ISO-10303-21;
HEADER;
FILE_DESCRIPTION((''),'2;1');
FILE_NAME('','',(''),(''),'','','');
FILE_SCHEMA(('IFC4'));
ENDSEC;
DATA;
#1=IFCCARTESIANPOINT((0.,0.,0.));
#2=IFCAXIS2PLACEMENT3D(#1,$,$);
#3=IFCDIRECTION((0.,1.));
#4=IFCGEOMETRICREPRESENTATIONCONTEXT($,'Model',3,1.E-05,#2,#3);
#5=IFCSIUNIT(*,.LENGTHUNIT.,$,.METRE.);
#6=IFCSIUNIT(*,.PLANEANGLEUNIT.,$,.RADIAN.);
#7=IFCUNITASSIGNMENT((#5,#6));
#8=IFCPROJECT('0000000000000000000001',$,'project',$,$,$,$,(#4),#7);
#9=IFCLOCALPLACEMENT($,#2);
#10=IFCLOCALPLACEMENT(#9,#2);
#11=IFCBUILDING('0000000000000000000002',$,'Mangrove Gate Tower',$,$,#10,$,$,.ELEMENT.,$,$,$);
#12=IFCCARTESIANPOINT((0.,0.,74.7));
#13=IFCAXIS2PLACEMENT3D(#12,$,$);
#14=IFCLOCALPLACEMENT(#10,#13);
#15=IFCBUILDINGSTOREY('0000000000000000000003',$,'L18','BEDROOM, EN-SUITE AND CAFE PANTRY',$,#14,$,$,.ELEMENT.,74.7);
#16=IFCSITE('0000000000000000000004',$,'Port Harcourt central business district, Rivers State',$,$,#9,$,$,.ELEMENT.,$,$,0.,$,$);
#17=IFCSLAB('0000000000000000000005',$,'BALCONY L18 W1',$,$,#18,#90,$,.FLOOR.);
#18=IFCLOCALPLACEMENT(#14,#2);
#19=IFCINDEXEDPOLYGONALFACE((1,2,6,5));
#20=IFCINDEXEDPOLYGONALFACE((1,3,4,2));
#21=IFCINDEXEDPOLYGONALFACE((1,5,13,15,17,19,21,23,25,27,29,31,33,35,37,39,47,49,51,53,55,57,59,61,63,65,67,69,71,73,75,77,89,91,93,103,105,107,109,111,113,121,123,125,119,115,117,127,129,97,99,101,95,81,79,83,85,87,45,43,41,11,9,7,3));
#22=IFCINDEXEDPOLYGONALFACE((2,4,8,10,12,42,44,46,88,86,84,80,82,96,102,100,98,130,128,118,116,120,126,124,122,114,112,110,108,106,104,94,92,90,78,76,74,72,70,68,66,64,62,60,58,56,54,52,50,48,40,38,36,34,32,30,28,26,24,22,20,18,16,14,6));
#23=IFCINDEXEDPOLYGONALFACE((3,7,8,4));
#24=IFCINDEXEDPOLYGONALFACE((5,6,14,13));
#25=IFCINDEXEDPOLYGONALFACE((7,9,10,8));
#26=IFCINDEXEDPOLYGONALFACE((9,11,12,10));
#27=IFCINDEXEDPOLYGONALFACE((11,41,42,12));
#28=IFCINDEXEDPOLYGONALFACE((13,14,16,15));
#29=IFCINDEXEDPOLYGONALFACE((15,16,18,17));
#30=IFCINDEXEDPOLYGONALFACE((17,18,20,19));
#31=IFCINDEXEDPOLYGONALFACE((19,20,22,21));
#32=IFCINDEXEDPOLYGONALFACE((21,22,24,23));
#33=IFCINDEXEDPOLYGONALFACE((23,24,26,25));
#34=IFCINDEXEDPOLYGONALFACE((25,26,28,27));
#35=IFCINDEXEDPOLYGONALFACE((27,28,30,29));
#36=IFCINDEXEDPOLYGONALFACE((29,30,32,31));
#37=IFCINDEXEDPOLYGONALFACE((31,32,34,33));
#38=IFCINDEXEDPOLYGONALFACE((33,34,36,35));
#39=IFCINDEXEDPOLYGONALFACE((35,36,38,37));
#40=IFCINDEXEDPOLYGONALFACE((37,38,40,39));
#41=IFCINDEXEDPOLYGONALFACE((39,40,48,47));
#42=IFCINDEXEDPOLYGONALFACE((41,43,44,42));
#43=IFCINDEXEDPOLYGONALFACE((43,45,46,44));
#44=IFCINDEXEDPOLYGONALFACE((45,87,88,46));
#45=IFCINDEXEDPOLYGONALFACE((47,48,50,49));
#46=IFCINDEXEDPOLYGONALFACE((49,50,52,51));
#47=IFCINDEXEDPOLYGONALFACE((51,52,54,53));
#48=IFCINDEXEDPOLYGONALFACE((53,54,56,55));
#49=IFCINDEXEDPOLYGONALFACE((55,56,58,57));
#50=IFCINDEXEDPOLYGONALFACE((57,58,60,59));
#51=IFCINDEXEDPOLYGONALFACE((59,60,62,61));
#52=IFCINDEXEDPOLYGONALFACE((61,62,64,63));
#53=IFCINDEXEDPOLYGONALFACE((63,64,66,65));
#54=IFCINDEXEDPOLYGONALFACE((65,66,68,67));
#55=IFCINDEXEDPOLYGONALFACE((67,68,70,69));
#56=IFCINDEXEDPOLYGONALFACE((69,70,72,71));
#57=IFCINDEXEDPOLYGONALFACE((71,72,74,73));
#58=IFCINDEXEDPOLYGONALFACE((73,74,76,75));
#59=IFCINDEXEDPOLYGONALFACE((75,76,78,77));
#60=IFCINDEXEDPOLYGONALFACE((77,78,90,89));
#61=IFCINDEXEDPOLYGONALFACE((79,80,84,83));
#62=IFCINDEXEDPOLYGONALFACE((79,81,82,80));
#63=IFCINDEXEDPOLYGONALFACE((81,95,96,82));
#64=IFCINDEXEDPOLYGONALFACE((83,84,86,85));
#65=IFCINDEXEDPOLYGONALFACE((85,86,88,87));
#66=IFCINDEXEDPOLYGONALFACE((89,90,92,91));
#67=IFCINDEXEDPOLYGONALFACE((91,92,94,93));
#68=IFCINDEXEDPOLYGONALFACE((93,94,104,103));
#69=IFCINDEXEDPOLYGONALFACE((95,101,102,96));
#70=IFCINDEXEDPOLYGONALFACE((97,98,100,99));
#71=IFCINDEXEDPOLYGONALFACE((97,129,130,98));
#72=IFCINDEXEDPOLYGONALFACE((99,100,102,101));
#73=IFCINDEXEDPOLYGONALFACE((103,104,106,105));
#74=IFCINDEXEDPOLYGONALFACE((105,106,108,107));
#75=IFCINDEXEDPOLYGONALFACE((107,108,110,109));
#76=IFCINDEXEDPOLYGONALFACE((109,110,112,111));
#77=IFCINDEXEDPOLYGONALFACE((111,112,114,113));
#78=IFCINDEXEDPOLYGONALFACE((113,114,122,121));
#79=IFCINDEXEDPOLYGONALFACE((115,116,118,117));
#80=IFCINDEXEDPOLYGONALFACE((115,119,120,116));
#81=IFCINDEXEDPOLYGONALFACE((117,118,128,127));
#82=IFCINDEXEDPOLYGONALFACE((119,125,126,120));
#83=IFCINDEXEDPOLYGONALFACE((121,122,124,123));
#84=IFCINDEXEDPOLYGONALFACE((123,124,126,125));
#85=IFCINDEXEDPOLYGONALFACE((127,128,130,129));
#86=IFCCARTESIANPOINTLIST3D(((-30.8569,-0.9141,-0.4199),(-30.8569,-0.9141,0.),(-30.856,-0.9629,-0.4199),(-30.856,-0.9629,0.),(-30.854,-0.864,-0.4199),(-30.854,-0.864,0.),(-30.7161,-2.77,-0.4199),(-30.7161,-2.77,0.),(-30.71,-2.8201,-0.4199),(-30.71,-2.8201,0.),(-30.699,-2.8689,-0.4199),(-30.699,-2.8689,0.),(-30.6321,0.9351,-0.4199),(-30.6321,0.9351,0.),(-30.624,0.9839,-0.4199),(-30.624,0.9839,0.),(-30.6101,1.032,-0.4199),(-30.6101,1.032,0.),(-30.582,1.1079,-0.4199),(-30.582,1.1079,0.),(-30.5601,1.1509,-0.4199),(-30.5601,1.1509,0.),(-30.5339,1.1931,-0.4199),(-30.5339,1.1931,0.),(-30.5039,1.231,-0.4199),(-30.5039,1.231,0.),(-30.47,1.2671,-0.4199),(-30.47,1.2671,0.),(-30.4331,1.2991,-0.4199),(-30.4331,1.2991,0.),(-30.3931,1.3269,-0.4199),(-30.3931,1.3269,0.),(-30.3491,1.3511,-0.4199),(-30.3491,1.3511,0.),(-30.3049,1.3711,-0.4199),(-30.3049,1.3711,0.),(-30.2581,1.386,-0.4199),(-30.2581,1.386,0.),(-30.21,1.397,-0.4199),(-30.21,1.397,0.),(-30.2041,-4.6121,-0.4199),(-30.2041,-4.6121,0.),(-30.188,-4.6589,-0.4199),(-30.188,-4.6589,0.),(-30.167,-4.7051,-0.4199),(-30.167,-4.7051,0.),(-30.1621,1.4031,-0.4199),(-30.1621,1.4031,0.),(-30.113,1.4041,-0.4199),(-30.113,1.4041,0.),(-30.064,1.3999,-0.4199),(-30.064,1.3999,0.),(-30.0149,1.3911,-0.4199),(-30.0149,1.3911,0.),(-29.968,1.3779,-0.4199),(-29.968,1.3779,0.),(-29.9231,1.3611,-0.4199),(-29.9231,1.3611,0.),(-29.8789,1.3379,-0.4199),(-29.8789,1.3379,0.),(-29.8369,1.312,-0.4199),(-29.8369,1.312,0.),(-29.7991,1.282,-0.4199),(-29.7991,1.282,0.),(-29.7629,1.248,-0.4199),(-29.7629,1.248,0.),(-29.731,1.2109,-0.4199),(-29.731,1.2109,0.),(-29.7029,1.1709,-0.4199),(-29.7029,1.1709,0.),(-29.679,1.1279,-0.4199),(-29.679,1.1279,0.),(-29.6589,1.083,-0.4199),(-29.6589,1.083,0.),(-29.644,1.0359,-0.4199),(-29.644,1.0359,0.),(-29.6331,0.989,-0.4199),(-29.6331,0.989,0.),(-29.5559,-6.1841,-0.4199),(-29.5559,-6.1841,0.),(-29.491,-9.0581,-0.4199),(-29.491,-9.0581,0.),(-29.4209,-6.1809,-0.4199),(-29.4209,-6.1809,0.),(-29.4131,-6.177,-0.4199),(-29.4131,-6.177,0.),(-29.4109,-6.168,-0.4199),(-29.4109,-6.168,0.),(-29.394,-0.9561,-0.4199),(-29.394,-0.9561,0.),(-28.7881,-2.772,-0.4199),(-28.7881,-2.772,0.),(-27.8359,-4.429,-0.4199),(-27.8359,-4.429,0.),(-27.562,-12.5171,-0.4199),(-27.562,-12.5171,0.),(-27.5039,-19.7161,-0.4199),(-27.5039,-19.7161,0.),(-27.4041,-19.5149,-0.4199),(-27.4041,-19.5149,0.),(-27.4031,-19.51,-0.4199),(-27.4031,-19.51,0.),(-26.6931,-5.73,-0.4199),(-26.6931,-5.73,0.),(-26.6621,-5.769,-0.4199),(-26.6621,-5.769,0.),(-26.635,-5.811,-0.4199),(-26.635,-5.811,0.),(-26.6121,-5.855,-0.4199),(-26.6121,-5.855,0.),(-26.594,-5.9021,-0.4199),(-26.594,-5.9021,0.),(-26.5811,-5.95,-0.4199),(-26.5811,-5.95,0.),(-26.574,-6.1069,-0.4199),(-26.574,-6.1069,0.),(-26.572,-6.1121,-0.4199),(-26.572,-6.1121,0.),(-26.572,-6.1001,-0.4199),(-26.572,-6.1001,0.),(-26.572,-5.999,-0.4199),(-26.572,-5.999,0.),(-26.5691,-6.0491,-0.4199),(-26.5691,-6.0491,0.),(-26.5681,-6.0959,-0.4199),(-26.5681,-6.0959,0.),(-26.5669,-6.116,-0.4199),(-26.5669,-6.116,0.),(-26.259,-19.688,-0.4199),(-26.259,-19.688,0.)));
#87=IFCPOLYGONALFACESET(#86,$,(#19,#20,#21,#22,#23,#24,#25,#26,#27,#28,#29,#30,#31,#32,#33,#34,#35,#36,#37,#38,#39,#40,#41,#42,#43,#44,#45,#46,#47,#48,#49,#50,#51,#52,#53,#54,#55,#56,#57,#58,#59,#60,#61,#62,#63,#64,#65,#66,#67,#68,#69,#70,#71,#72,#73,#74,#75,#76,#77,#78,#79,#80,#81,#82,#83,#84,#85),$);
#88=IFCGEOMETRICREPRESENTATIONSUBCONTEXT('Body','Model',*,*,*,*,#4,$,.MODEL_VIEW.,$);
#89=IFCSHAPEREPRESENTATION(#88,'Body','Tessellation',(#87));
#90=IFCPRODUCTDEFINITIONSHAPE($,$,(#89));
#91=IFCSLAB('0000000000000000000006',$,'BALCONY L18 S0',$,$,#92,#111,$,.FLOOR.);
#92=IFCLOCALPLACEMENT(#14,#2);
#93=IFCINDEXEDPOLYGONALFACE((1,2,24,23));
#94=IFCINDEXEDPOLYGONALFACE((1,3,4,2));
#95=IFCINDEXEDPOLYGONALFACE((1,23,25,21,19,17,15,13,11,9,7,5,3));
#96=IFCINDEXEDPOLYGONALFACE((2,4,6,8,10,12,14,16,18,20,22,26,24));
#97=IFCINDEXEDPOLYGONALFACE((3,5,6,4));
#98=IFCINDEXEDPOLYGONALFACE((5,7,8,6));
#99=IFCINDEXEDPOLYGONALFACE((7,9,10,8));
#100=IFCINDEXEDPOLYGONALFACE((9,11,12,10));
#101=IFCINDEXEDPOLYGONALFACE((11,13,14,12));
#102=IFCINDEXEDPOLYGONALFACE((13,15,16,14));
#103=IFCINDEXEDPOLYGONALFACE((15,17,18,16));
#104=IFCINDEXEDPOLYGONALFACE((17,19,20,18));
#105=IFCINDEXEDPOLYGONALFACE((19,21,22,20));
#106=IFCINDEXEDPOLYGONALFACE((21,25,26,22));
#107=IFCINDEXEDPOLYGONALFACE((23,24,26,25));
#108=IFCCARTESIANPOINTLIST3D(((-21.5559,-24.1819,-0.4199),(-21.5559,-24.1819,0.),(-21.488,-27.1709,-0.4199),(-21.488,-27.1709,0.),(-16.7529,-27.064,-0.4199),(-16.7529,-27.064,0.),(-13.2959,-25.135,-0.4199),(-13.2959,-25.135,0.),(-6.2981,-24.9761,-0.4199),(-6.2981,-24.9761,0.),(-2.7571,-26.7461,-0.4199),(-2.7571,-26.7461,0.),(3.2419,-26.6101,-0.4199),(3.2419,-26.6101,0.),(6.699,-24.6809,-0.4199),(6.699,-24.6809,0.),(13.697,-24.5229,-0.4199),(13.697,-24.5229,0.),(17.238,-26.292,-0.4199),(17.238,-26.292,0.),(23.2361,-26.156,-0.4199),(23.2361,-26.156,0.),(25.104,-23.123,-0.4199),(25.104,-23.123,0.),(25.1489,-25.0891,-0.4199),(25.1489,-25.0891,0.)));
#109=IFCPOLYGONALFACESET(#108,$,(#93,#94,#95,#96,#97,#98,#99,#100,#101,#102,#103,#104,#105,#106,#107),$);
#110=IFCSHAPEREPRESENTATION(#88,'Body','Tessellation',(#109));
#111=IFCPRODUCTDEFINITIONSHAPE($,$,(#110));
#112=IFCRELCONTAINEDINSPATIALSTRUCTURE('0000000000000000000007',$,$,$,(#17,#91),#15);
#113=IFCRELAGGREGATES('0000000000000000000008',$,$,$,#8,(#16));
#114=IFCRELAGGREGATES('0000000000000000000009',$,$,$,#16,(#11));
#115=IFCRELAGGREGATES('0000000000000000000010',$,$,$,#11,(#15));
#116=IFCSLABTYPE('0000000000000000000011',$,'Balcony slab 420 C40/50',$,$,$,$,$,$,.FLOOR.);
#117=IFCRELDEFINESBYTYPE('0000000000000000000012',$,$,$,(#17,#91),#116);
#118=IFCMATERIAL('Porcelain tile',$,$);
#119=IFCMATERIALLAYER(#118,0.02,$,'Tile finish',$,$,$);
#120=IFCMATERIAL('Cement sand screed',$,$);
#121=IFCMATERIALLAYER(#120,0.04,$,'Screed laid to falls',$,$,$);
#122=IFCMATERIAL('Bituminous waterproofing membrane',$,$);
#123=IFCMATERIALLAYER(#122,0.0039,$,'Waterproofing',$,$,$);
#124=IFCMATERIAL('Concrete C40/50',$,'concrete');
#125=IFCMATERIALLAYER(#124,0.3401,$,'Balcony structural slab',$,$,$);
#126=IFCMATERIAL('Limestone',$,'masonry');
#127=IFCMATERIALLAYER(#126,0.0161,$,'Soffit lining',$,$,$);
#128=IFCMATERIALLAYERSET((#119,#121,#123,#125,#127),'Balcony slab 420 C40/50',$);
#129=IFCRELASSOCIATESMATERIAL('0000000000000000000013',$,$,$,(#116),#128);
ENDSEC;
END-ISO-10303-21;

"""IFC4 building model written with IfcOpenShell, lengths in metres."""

from ifc_helpers import new_model, si_unit, direction, frame, origin, place, context, subcontext, project, spatial, polyline, outline, extrude, material, layer, layer_set, type_object, element, save


model = new_model("IFC4")

# Units and contexts
model_context = context("Model", 3, precision=1e-05, world=origin(), true_north=direction((0.0, 1.0)))
body_context = subcontext(model_context, "Body", "Model", "MODEL_VIEW")
ifc_project = project(units=[si_unit("LENGTHUNIT", "METRE"), si_unit("PLANEANGLEUNIT", "RADIAN")], contexts=[model_context])

# Site, building, storey
site_placement = place(None, origin())
site = spatial("IfcSite", under=ifc_project, at=site_placement, Name="Port Harcourt central business district, Rivers State", CompositionType="ELEMENT", RefElevation=0.0)
building_placement = place(site_placement, origin())
building = spatial("IfcBuilding", under=site, at=building_placement, Name="Mangrove Gate Tower", CompositionType="ELEMENT")
storey_placement = place(building_placement, frame((0.0, 0.0, 74.7)))
storey = spatial("IfcBuildingStorey", under=building, at=storey_placement, Name="L18", Description="BEDROOM, EN-SUITE AND CAFE PANTRY", CompositionType="ELEMENT", Elevation=74.7)

# Slabs
ifc_material_1 = material(Name="Porcelain tile")
ifc_layer_1 = layer(ifc_material_1, 0.02, Name="Tile finish")
ifc_material_2 = material(Name="Cement sand screed")
ifc_layer_2 = layer(ifc_material_2, 0.04, Name="Screed laid to falls")
ifc_material_3 = material(Name="Bituminous waterproofing membrane")
ifc_layer_3 = layer(ifc_material_3, 0.0039, Name="Waterproofing")
ifc_material_4 = material(Name="Concrete C40/50", Category="concrete")
ifc_layer_4 = layer(ifc_material_4, 0.3401, Name="Balcony structural slab")
ifc_material_5 = material(Name="Limestone", Category="masonry")
ifc_layer_5 = layer(ifc_material_5, 0.0161, Name="Soffit lining")
ifc_layer_set_1 = layer_set([ifc_layer_1, ifc_layer_2, ifc_layer_3, ifc_layer_4, ifc_layer_5], Name="Balcony slab 420 C40/50")
slab_type_1 = type_object("IfcSlabType", Name="Balcony slab 420 C40/50", PredefinedType="FLOOR", material=ifc_layer_set_1)
slab_1_placement = place(storey_placement, frame((0.0, 0.0, -0.4199)))
element("IfcSlab", 1, at=slab_1_placement, inside=storey, type_object=slab_type_1, Name="BALCONY L18 W1", PredefinedType="FLOOR", context=body_context, shape_type="SweptSolid", body=[
    extrude(outline(polyline([(-29.491, -9.0581), (-27.562, -12.5171), (-27.4031, -19.51), (-27.4041, -19.5149), (-27.5039, -19.7161), (-26.259, -19.688), (-26.5669, -6.116), (-26.572, -6.1121), (-26.574, -6.1069), (-26.572, -6.1001), (-26.5681, -6.0959), (-26.5691, -6.0491), (-26.572, -5.999), (-26.5811, -5.95), (-26.594, -5.9021), (-26.6121, -5.855), (-26.635, -5.811), (-26.6621, -5.769), (-26.6931, -5.73), (-27.8359, -4.429), (-28.7881, -2.772), (-29.394, -0.9561), (-29.6331, 0.989), (-29.644, 1.0359), (-29.6589, 1.083), (-29.679, 1.1279), (-29.7029, 1.1709), (-29.731, 1.2109), (-29.7629, 1.248), (-29.7991, 1.282), (-29.8369, 1.312), (-29.8789, 1.3379), (-29.9231, 1.3611), (-29.968, 1.3779), (-30.0149, 1.3911), (-30.064, 1.3999), (-30.113, 1.4041), (-30.1621, 1.4031), (-30.21, 1.397), (-30.2581, 1.386), (-30.3049, 1.3711), (-30.3491, 1.3511), (-30.3931, 1.3269), (-30.4331, 1.2991), (-30.47, 1.2671), (-30.5039, 1.231), (-30.5339, 1.1931), (-30.5601, 1.1509), (-30.582, 1.1079), (-30.6101, 1.032), (-30.624, 0.9839), (-30.6321, 0.9351), (-30.854, -0.864), (-30.8569, -0.9141), (-30.856, -0.9629), (-30.7161, -2.77), (-30.71, -2.8201), (-30.699, -2.8689), (-30.2041, -4.6121), (-30.188, -4.6589), (-30.167, -4.7051), (-29.4109, -6.168), (-29.4131, -6.177), (-29.4209, -6.1809), (-29.5559, -6.1841), (-29.491, -9.0581)])), origin(), (0.0, 0.0, 1.0), 0.4199),
])
slab_2_placement = place(storey_placement, frame((0.0, 0.0, -0.4199)))
element("IfcSlab", 2, at=slab_2_placement, inside=storey, type_object=slab_type_1, Name="BALCONY L18 S0", PredefinedType="FLOOR", context=body_context, shape_type="SweptSolid", body=[
    extrude(outline(polyline([(-21.488, -27.1709), (-16.7529, -27.064), (-13.2959, -25.135), (-6.2981, -24.9761), (-2.7571, -26.7461), (3.2419, -26.6101), (6.699, -24.6809), (13.697, -24.5229), (17.238, -26.292), (23.2361, -26.156), (25.1489, -25.0891), (25.104, -23.123), (-21.5559, -24.1819), (-21.488, -27.1709)])), origin(), (0.0, 0.0, 1.0), 0.4199),
])

save(model, "model.ifc")
